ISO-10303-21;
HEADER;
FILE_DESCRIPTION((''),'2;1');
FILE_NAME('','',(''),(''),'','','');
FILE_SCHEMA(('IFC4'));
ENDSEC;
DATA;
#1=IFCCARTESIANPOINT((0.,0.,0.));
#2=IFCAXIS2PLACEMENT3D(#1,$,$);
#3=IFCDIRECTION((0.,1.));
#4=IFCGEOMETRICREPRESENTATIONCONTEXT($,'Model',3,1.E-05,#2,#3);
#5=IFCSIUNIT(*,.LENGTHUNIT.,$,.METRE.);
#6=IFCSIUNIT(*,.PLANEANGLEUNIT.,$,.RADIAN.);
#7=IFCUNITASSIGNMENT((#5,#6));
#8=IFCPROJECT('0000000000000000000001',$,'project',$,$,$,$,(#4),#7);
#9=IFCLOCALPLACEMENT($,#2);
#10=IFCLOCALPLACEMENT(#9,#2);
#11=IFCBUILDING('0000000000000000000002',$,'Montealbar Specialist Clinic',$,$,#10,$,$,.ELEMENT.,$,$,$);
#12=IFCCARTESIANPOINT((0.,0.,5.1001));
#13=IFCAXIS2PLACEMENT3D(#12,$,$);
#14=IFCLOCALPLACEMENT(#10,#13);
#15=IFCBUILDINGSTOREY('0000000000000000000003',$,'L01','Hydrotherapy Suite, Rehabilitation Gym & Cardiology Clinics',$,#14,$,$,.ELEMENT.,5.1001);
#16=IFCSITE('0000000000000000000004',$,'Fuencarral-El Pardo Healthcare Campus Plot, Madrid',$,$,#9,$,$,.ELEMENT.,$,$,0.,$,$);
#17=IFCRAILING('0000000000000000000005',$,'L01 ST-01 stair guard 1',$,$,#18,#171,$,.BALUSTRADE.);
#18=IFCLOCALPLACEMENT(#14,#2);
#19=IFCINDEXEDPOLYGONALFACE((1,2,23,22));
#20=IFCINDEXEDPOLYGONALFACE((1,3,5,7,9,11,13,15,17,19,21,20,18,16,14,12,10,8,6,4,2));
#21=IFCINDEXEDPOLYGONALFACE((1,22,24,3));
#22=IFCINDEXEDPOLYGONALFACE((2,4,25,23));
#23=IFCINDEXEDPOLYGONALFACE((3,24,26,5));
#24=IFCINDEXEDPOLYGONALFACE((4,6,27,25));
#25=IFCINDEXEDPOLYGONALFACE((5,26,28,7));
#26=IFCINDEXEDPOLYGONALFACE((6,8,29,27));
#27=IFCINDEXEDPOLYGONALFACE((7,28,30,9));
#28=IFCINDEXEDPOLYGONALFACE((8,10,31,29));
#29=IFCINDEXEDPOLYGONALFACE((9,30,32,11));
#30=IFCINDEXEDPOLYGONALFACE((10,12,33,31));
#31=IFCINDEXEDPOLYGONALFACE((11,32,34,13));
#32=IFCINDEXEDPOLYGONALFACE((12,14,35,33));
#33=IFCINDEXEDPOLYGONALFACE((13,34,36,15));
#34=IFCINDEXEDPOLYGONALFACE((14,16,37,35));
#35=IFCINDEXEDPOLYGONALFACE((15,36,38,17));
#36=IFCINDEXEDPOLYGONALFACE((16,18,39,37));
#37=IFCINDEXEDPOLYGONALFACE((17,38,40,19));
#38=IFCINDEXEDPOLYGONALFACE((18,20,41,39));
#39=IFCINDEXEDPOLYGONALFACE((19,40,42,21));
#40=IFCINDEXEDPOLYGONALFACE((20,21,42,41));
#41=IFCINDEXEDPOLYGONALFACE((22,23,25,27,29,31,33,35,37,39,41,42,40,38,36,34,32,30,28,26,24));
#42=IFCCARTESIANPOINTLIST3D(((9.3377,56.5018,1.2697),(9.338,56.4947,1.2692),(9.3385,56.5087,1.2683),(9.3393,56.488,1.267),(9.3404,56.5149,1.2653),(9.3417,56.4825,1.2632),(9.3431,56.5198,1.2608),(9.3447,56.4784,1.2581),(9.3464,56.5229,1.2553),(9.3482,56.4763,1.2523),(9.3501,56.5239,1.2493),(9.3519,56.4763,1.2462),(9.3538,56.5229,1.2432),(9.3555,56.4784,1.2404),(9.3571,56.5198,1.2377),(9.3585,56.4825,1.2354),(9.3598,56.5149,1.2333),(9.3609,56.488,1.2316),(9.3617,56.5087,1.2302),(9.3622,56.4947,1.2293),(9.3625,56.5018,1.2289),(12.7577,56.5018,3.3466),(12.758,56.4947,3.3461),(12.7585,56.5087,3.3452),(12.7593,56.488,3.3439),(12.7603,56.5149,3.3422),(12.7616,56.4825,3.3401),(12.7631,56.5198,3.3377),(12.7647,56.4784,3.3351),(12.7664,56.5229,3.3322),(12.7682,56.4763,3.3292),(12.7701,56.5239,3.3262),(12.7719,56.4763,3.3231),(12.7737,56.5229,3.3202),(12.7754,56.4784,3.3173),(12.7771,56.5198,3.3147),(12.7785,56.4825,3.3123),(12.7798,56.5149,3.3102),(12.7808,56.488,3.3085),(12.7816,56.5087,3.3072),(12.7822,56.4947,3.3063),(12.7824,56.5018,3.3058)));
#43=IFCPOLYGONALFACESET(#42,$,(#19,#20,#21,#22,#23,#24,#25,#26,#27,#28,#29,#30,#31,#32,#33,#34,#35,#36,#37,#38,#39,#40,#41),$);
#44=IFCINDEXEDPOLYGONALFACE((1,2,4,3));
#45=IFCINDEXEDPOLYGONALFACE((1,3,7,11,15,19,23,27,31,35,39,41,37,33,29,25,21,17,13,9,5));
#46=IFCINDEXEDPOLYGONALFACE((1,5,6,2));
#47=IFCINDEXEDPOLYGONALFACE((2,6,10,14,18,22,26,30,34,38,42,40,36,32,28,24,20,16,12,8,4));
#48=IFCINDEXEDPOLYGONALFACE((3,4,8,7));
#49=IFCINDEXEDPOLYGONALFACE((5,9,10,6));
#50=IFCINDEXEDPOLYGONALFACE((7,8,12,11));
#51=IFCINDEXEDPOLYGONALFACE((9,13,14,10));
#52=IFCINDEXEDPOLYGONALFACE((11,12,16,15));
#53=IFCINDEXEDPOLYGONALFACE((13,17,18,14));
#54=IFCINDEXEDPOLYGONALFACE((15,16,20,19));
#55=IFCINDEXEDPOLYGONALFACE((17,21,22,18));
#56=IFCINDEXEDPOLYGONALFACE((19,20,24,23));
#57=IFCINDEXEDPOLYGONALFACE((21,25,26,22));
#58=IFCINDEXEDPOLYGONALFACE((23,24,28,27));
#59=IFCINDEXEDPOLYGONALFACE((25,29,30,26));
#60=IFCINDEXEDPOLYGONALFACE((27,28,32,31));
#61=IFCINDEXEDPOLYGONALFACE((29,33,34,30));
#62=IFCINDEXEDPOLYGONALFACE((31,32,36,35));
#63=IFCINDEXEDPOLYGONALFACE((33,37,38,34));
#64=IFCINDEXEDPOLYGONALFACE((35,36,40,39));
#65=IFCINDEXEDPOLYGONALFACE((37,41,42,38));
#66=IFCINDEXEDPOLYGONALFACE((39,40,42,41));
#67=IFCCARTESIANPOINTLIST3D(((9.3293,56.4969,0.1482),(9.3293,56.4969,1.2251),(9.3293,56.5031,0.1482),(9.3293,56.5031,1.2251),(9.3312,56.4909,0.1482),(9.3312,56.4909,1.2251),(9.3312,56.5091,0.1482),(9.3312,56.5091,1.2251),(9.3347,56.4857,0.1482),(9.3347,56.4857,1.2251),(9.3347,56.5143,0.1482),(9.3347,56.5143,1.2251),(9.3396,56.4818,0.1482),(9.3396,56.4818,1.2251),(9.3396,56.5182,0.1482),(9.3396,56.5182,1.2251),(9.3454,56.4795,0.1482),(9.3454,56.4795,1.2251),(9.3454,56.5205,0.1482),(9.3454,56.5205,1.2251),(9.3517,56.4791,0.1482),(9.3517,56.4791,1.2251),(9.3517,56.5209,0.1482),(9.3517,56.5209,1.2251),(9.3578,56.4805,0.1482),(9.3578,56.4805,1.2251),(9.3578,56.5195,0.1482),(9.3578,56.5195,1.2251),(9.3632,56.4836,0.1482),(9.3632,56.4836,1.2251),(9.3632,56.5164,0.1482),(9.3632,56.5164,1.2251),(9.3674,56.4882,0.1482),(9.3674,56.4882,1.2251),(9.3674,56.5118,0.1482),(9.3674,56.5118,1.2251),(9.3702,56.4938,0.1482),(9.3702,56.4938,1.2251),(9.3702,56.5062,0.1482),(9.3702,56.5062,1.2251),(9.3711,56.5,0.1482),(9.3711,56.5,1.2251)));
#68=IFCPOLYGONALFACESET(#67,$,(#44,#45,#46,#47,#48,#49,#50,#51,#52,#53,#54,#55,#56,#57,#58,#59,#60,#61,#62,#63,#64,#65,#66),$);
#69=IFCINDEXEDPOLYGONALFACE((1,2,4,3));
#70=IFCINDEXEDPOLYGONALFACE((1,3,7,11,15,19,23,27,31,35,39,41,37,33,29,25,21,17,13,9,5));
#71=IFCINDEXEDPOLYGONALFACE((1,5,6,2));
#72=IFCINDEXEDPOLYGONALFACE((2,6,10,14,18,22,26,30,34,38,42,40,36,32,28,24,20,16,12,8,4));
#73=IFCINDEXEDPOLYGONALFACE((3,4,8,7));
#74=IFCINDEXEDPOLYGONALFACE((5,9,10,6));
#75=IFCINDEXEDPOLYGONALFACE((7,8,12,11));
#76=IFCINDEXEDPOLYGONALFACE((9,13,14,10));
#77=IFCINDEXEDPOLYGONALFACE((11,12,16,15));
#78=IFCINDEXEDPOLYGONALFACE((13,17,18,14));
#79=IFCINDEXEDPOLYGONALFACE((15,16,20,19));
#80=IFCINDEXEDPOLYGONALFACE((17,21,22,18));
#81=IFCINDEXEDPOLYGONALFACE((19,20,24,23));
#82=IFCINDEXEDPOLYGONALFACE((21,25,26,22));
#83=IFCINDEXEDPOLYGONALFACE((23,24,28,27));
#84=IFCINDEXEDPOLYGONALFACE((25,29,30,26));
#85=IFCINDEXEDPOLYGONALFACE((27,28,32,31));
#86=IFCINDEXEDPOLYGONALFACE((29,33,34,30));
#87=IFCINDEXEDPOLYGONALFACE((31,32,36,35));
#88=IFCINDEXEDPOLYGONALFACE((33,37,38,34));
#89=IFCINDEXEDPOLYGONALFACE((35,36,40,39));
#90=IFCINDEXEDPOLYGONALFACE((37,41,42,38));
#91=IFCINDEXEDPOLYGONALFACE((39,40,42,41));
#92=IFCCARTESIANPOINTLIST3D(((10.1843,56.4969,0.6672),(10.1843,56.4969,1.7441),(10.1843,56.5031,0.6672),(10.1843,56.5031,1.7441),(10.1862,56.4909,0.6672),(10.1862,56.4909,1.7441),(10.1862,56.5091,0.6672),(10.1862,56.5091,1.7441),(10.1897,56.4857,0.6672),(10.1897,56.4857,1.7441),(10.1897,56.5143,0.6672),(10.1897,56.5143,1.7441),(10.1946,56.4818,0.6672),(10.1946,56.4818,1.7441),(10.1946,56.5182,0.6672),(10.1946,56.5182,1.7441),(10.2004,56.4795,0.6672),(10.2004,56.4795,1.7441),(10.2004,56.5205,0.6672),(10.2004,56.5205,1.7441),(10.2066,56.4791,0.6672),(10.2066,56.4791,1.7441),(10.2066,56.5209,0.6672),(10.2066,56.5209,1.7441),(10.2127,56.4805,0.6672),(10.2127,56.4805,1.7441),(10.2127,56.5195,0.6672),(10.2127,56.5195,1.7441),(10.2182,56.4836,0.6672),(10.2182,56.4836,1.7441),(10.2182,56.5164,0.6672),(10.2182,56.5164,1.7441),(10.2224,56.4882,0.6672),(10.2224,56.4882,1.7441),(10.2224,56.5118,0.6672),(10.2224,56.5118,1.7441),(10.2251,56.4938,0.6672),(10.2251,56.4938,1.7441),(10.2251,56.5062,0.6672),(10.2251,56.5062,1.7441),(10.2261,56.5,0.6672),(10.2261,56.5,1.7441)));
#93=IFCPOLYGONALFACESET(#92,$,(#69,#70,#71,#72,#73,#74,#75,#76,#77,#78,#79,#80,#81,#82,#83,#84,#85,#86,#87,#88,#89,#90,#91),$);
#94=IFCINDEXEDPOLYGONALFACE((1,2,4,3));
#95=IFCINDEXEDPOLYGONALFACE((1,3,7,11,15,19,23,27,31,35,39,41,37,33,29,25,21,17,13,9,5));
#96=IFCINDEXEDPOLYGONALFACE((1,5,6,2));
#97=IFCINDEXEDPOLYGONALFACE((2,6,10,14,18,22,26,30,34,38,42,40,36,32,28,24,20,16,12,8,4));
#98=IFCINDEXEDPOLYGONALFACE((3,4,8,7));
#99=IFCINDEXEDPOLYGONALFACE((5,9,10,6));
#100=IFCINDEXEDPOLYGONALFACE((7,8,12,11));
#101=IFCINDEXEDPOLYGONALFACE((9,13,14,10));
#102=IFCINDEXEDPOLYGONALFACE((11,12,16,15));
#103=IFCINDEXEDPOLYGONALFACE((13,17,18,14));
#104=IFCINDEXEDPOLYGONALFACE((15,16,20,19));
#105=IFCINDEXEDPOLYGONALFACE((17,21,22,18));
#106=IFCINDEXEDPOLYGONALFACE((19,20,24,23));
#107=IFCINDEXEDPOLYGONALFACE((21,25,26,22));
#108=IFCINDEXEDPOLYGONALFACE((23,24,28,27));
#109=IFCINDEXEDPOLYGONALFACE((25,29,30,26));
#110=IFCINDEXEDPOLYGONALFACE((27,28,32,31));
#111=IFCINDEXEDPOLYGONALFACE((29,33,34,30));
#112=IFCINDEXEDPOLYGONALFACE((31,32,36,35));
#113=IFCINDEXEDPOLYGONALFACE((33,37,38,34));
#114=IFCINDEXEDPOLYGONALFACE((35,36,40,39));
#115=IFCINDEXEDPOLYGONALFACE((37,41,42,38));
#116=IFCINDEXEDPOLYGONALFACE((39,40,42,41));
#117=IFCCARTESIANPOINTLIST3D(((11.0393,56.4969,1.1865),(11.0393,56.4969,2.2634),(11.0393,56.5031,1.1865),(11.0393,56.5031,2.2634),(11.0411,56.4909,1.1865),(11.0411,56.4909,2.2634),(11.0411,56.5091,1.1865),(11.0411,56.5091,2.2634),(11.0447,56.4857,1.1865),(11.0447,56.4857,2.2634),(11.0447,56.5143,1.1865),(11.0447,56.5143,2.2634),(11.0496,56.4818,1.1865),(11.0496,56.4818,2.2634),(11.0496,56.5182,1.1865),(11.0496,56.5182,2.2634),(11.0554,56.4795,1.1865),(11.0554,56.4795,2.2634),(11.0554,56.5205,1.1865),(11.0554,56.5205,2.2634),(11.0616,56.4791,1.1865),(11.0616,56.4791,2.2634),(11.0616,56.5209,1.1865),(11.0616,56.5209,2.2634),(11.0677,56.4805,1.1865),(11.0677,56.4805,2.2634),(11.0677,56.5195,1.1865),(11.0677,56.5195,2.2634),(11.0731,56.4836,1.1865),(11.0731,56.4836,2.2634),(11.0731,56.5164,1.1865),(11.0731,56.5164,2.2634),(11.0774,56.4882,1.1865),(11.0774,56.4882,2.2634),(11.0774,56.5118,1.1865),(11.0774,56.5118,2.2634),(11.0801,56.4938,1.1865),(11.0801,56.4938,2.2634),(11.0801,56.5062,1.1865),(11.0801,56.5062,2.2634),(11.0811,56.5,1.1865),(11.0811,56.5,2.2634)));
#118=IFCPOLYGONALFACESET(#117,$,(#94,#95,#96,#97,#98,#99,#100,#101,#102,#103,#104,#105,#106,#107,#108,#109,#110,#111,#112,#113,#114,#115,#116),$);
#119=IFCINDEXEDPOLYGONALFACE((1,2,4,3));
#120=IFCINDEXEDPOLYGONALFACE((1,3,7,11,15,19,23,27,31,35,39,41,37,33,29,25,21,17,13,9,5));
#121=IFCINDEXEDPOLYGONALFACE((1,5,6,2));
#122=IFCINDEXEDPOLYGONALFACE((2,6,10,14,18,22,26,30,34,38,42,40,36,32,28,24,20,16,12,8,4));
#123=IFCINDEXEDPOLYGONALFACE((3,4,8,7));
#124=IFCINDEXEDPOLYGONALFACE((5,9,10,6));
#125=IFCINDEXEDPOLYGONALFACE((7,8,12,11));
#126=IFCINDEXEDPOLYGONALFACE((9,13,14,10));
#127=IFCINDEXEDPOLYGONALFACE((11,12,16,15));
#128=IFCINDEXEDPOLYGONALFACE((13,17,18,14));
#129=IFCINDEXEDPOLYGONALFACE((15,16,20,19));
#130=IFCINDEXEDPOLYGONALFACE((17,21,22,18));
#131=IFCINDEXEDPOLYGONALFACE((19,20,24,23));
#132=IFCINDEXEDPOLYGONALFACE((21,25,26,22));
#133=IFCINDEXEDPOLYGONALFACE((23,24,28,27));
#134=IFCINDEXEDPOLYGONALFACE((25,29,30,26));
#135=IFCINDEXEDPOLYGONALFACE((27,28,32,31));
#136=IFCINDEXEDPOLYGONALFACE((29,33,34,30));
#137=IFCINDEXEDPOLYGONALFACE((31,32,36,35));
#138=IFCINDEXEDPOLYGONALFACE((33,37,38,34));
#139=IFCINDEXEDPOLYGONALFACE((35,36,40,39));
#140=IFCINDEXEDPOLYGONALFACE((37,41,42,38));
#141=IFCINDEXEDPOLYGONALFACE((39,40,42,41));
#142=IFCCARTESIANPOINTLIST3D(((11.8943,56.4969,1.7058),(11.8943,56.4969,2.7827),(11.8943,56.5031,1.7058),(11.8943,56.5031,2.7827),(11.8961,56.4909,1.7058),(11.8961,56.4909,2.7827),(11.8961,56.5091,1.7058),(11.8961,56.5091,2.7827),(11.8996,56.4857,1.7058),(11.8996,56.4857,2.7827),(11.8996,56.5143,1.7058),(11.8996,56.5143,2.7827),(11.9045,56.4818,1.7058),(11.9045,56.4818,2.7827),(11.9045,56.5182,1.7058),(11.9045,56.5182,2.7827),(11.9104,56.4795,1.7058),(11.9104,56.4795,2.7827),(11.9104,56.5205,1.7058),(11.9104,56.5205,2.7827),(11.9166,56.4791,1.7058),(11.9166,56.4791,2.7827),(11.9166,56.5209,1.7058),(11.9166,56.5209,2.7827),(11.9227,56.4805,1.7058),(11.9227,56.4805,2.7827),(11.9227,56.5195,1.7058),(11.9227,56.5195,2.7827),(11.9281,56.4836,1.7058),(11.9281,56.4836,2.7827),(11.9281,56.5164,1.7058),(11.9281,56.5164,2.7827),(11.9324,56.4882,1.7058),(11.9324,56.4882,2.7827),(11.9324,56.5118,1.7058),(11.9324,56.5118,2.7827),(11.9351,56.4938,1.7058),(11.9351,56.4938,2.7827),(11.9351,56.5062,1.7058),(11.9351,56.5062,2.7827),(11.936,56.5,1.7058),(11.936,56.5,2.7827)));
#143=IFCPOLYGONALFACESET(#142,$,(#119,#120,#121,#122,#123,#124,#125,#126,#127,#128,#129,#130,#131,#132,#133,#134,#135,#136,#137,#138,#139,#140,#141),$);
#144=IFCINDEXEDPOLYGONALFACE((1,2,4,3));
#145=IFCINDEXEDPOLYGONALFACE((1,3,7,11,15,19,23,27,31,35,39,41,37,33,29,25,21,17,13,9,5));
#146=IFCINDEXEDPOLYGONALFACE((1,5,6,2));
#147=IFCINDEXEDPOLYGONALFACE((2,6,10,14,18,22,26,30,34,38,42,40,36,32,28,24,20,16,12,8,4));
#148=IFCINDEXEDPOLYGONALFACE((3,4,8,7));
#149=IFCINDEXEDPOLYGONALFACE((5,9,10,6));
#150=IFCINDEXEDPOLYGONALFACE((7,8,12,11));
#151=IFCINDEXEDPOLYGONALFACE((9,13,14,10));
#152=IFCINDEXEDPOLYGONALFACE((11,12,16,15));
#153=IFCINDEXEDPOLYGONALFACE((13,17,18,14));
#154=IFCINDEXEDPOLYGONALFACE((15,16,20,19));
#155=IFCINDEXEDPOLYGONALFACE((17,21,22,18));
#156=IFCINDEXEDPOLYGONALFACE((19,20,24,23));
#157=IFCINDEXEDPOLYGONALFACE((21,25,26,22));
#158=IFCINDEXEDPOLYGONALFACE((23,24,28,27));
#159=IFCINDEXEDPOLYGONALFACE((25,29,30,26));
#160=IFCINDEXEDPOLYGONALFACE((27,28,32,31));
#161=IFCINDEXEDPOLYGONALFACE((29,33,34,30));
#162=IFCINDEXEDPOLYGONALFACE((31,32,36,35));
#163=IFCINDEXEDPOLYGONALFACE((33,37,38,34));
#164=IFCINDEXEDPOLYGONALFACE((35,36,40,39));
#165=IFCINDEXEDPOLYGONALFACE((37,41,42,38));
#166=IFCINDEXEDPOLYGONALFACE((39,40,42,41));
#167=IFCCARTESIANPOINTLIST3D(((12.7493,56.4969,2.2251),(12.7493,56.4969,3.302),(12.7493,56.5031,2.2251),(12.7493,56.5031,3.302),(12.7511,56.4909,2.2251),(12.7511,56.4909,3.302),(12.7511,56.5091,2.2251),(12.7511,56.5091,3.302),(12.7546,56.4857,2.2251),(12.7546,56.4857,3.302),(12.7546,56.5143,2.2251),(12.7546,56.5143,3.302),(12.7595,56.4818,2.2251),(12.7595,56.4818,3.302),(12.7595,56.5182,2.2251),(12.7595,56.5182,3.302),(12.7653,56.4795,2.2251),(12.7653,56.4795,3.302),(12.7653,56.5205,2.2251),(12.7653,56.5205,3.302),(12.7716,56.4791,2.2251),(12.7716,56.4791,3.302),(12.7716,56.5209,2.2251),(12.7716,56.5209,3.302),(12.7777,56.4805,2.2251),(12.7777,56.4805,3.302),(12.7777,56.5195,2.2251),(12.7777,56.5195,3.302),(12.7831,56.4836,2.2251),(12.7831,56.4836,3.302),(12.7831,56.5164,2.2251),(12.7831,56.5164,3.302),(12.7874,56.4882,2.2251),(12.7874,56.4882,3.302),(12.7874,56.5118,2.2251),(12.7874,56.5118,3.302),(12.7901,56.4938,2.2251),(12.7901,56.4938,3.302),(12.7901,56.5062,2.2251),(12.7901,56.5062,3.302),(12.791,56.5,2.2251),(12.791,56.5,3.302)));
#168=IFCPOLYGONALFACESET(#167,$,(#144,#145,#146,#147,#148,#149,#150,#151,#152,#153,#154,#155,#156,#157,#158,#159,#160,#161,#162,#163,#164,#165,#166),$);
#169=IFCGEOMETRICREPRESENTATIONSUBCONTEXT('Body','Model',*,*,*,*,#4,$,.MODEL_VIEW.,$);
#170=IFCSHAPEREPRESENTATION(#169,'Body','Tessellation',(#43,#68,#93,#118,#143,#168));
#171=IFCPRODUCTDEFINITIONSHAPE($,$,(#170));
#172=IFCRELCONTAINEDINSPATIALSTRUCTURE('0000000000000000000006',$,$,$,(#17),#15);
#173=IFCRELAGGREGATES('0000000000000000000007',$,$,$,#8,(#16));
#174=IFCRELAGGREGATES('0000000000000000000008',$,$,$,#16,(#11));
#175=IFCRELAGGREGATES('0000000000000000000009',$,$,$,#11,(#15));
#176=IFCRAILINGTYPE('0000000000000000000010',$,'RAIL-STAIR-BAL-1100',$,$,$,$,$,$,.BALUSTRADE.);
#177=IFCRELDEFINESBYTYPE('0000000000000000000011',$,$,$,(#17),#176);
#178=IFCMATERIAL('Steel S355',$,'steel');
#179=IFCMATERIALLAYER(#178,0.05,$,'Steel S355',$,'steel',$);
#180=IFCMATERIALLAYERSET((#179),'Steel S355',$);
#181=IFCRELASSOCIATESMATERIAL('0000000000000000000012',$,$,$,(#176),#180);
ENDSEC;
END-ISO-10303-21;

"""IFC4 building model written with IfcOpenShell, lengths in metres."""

from ifc_helpers import new_model, si_unit, direction, frame, origin, origin_2d, place, context, subcontext, project, spatial, circle, extrude, material, layer, layer_set, type_object, element, save


model = new_model("IFC4")

# Units and contexts
model_context = context("Model", 3, precision=1e-05, world=origin(), true_north=direction((0.0, 1.0)))
body_context = subcontext(model_context, "Body", "Model", "MODEL_VIEW")
ifc_project = project(units=[si_unit("LENGTHUNIT", "METRE"), si_unit("PLANEANGLEUNIT", "RADIAN")], contexts=[model_context])

# Site, building, storey
site_placement = place(None, origin())
site = spatial("IfcSite", under=ifc_project, at=site_placement, Name="Fuencarral-El Pardo Healthcare Campus Plot, Madrid", CompositionType="ELEMENT", RefElevation=0.0)
building_placement = place(site_placement, origin())
building = spatial("IfcBuilding", under=site, at=building_placement, Name="Montealbar Specialist Clinic", CompositionType="ELEMENT")
storey_placement = place(building_placement, frame((0.0, 0.0, 5.1001)))
storey = spatial("IfcBuildingStorey", under=building, at=storey_placement, Name="L01", Description="Hydrotherapy Suite, Rehabilitation Gym & Cardiology Clinics", CompositionType="ELEMENT", Elevation=5.1001)

# Shared definitions
ifc_material_1 = material(Name="Steel S355", Category="steel")

# Railing
ifc_layer_1 = layer(ifc_material_1, 0.05, Name="Steel S355", Category="steel")
ifc_layer_set_1 = layer_set([ifc_layer_1], Name="Steel S355")
railing_type_1 = type_object("IfcRailingType", Name="RAIL-STAIR-BAL-1100", PredefinedType="BALUSTRADE", material=ifc_layer_set_1)
railing_1_placement = place(storey_placement, frame((9.3501, 56.5, 0.1731)))
element("IfcRailing", 1, at=railing_1_placement, inside=storey, type_object=railing_type_1, Name="L01 ST-01 stair guard 1", PredefinedType="BALUSTRADE", context=body_context, shape_type="SweptSolid", body=[
    extrude(circle(Radius=0.0239, at=origin_2d()), frame((0.0, 0.0, 1.0762), z_axis=(0.85473, 0.0, 0.519074), x_axis=(0.0, 1.0, 0.0)), (0.0, 0.0, 1.0), 4.0012),
    extrude(circle(Radius=0.021, at=origin_2d()), frame((0.0, 0.0, -0.0249)), (0.0, 0.0, 1.0), 1.0769),
    extrude(circle(Radius=0.021, at=origin_2d()), frame((0.855, 0.0, 0.4941)), (0.0, 0.0, 1.0), 1.0769),
    extrude(circle(Radius=0.021, at=origin_2d()), frame((1.71, 0.0, 1.0134)), (0.0, 0.0, 1.0), 1.0769),
    extrude(circle(Radius=0.021, at=origin_2d()), frame((2.5649, 0.0, 1.5327)), (0.0, 0.0, 1.0), 1.0769),
    extrude(circle(Radius=0.021, at=origin_2d()), frame((3.4199, 0.0, 2.052)), (0.0, 0.0, 1.0), 1.0769),
])

save(model, "model.ifc")
